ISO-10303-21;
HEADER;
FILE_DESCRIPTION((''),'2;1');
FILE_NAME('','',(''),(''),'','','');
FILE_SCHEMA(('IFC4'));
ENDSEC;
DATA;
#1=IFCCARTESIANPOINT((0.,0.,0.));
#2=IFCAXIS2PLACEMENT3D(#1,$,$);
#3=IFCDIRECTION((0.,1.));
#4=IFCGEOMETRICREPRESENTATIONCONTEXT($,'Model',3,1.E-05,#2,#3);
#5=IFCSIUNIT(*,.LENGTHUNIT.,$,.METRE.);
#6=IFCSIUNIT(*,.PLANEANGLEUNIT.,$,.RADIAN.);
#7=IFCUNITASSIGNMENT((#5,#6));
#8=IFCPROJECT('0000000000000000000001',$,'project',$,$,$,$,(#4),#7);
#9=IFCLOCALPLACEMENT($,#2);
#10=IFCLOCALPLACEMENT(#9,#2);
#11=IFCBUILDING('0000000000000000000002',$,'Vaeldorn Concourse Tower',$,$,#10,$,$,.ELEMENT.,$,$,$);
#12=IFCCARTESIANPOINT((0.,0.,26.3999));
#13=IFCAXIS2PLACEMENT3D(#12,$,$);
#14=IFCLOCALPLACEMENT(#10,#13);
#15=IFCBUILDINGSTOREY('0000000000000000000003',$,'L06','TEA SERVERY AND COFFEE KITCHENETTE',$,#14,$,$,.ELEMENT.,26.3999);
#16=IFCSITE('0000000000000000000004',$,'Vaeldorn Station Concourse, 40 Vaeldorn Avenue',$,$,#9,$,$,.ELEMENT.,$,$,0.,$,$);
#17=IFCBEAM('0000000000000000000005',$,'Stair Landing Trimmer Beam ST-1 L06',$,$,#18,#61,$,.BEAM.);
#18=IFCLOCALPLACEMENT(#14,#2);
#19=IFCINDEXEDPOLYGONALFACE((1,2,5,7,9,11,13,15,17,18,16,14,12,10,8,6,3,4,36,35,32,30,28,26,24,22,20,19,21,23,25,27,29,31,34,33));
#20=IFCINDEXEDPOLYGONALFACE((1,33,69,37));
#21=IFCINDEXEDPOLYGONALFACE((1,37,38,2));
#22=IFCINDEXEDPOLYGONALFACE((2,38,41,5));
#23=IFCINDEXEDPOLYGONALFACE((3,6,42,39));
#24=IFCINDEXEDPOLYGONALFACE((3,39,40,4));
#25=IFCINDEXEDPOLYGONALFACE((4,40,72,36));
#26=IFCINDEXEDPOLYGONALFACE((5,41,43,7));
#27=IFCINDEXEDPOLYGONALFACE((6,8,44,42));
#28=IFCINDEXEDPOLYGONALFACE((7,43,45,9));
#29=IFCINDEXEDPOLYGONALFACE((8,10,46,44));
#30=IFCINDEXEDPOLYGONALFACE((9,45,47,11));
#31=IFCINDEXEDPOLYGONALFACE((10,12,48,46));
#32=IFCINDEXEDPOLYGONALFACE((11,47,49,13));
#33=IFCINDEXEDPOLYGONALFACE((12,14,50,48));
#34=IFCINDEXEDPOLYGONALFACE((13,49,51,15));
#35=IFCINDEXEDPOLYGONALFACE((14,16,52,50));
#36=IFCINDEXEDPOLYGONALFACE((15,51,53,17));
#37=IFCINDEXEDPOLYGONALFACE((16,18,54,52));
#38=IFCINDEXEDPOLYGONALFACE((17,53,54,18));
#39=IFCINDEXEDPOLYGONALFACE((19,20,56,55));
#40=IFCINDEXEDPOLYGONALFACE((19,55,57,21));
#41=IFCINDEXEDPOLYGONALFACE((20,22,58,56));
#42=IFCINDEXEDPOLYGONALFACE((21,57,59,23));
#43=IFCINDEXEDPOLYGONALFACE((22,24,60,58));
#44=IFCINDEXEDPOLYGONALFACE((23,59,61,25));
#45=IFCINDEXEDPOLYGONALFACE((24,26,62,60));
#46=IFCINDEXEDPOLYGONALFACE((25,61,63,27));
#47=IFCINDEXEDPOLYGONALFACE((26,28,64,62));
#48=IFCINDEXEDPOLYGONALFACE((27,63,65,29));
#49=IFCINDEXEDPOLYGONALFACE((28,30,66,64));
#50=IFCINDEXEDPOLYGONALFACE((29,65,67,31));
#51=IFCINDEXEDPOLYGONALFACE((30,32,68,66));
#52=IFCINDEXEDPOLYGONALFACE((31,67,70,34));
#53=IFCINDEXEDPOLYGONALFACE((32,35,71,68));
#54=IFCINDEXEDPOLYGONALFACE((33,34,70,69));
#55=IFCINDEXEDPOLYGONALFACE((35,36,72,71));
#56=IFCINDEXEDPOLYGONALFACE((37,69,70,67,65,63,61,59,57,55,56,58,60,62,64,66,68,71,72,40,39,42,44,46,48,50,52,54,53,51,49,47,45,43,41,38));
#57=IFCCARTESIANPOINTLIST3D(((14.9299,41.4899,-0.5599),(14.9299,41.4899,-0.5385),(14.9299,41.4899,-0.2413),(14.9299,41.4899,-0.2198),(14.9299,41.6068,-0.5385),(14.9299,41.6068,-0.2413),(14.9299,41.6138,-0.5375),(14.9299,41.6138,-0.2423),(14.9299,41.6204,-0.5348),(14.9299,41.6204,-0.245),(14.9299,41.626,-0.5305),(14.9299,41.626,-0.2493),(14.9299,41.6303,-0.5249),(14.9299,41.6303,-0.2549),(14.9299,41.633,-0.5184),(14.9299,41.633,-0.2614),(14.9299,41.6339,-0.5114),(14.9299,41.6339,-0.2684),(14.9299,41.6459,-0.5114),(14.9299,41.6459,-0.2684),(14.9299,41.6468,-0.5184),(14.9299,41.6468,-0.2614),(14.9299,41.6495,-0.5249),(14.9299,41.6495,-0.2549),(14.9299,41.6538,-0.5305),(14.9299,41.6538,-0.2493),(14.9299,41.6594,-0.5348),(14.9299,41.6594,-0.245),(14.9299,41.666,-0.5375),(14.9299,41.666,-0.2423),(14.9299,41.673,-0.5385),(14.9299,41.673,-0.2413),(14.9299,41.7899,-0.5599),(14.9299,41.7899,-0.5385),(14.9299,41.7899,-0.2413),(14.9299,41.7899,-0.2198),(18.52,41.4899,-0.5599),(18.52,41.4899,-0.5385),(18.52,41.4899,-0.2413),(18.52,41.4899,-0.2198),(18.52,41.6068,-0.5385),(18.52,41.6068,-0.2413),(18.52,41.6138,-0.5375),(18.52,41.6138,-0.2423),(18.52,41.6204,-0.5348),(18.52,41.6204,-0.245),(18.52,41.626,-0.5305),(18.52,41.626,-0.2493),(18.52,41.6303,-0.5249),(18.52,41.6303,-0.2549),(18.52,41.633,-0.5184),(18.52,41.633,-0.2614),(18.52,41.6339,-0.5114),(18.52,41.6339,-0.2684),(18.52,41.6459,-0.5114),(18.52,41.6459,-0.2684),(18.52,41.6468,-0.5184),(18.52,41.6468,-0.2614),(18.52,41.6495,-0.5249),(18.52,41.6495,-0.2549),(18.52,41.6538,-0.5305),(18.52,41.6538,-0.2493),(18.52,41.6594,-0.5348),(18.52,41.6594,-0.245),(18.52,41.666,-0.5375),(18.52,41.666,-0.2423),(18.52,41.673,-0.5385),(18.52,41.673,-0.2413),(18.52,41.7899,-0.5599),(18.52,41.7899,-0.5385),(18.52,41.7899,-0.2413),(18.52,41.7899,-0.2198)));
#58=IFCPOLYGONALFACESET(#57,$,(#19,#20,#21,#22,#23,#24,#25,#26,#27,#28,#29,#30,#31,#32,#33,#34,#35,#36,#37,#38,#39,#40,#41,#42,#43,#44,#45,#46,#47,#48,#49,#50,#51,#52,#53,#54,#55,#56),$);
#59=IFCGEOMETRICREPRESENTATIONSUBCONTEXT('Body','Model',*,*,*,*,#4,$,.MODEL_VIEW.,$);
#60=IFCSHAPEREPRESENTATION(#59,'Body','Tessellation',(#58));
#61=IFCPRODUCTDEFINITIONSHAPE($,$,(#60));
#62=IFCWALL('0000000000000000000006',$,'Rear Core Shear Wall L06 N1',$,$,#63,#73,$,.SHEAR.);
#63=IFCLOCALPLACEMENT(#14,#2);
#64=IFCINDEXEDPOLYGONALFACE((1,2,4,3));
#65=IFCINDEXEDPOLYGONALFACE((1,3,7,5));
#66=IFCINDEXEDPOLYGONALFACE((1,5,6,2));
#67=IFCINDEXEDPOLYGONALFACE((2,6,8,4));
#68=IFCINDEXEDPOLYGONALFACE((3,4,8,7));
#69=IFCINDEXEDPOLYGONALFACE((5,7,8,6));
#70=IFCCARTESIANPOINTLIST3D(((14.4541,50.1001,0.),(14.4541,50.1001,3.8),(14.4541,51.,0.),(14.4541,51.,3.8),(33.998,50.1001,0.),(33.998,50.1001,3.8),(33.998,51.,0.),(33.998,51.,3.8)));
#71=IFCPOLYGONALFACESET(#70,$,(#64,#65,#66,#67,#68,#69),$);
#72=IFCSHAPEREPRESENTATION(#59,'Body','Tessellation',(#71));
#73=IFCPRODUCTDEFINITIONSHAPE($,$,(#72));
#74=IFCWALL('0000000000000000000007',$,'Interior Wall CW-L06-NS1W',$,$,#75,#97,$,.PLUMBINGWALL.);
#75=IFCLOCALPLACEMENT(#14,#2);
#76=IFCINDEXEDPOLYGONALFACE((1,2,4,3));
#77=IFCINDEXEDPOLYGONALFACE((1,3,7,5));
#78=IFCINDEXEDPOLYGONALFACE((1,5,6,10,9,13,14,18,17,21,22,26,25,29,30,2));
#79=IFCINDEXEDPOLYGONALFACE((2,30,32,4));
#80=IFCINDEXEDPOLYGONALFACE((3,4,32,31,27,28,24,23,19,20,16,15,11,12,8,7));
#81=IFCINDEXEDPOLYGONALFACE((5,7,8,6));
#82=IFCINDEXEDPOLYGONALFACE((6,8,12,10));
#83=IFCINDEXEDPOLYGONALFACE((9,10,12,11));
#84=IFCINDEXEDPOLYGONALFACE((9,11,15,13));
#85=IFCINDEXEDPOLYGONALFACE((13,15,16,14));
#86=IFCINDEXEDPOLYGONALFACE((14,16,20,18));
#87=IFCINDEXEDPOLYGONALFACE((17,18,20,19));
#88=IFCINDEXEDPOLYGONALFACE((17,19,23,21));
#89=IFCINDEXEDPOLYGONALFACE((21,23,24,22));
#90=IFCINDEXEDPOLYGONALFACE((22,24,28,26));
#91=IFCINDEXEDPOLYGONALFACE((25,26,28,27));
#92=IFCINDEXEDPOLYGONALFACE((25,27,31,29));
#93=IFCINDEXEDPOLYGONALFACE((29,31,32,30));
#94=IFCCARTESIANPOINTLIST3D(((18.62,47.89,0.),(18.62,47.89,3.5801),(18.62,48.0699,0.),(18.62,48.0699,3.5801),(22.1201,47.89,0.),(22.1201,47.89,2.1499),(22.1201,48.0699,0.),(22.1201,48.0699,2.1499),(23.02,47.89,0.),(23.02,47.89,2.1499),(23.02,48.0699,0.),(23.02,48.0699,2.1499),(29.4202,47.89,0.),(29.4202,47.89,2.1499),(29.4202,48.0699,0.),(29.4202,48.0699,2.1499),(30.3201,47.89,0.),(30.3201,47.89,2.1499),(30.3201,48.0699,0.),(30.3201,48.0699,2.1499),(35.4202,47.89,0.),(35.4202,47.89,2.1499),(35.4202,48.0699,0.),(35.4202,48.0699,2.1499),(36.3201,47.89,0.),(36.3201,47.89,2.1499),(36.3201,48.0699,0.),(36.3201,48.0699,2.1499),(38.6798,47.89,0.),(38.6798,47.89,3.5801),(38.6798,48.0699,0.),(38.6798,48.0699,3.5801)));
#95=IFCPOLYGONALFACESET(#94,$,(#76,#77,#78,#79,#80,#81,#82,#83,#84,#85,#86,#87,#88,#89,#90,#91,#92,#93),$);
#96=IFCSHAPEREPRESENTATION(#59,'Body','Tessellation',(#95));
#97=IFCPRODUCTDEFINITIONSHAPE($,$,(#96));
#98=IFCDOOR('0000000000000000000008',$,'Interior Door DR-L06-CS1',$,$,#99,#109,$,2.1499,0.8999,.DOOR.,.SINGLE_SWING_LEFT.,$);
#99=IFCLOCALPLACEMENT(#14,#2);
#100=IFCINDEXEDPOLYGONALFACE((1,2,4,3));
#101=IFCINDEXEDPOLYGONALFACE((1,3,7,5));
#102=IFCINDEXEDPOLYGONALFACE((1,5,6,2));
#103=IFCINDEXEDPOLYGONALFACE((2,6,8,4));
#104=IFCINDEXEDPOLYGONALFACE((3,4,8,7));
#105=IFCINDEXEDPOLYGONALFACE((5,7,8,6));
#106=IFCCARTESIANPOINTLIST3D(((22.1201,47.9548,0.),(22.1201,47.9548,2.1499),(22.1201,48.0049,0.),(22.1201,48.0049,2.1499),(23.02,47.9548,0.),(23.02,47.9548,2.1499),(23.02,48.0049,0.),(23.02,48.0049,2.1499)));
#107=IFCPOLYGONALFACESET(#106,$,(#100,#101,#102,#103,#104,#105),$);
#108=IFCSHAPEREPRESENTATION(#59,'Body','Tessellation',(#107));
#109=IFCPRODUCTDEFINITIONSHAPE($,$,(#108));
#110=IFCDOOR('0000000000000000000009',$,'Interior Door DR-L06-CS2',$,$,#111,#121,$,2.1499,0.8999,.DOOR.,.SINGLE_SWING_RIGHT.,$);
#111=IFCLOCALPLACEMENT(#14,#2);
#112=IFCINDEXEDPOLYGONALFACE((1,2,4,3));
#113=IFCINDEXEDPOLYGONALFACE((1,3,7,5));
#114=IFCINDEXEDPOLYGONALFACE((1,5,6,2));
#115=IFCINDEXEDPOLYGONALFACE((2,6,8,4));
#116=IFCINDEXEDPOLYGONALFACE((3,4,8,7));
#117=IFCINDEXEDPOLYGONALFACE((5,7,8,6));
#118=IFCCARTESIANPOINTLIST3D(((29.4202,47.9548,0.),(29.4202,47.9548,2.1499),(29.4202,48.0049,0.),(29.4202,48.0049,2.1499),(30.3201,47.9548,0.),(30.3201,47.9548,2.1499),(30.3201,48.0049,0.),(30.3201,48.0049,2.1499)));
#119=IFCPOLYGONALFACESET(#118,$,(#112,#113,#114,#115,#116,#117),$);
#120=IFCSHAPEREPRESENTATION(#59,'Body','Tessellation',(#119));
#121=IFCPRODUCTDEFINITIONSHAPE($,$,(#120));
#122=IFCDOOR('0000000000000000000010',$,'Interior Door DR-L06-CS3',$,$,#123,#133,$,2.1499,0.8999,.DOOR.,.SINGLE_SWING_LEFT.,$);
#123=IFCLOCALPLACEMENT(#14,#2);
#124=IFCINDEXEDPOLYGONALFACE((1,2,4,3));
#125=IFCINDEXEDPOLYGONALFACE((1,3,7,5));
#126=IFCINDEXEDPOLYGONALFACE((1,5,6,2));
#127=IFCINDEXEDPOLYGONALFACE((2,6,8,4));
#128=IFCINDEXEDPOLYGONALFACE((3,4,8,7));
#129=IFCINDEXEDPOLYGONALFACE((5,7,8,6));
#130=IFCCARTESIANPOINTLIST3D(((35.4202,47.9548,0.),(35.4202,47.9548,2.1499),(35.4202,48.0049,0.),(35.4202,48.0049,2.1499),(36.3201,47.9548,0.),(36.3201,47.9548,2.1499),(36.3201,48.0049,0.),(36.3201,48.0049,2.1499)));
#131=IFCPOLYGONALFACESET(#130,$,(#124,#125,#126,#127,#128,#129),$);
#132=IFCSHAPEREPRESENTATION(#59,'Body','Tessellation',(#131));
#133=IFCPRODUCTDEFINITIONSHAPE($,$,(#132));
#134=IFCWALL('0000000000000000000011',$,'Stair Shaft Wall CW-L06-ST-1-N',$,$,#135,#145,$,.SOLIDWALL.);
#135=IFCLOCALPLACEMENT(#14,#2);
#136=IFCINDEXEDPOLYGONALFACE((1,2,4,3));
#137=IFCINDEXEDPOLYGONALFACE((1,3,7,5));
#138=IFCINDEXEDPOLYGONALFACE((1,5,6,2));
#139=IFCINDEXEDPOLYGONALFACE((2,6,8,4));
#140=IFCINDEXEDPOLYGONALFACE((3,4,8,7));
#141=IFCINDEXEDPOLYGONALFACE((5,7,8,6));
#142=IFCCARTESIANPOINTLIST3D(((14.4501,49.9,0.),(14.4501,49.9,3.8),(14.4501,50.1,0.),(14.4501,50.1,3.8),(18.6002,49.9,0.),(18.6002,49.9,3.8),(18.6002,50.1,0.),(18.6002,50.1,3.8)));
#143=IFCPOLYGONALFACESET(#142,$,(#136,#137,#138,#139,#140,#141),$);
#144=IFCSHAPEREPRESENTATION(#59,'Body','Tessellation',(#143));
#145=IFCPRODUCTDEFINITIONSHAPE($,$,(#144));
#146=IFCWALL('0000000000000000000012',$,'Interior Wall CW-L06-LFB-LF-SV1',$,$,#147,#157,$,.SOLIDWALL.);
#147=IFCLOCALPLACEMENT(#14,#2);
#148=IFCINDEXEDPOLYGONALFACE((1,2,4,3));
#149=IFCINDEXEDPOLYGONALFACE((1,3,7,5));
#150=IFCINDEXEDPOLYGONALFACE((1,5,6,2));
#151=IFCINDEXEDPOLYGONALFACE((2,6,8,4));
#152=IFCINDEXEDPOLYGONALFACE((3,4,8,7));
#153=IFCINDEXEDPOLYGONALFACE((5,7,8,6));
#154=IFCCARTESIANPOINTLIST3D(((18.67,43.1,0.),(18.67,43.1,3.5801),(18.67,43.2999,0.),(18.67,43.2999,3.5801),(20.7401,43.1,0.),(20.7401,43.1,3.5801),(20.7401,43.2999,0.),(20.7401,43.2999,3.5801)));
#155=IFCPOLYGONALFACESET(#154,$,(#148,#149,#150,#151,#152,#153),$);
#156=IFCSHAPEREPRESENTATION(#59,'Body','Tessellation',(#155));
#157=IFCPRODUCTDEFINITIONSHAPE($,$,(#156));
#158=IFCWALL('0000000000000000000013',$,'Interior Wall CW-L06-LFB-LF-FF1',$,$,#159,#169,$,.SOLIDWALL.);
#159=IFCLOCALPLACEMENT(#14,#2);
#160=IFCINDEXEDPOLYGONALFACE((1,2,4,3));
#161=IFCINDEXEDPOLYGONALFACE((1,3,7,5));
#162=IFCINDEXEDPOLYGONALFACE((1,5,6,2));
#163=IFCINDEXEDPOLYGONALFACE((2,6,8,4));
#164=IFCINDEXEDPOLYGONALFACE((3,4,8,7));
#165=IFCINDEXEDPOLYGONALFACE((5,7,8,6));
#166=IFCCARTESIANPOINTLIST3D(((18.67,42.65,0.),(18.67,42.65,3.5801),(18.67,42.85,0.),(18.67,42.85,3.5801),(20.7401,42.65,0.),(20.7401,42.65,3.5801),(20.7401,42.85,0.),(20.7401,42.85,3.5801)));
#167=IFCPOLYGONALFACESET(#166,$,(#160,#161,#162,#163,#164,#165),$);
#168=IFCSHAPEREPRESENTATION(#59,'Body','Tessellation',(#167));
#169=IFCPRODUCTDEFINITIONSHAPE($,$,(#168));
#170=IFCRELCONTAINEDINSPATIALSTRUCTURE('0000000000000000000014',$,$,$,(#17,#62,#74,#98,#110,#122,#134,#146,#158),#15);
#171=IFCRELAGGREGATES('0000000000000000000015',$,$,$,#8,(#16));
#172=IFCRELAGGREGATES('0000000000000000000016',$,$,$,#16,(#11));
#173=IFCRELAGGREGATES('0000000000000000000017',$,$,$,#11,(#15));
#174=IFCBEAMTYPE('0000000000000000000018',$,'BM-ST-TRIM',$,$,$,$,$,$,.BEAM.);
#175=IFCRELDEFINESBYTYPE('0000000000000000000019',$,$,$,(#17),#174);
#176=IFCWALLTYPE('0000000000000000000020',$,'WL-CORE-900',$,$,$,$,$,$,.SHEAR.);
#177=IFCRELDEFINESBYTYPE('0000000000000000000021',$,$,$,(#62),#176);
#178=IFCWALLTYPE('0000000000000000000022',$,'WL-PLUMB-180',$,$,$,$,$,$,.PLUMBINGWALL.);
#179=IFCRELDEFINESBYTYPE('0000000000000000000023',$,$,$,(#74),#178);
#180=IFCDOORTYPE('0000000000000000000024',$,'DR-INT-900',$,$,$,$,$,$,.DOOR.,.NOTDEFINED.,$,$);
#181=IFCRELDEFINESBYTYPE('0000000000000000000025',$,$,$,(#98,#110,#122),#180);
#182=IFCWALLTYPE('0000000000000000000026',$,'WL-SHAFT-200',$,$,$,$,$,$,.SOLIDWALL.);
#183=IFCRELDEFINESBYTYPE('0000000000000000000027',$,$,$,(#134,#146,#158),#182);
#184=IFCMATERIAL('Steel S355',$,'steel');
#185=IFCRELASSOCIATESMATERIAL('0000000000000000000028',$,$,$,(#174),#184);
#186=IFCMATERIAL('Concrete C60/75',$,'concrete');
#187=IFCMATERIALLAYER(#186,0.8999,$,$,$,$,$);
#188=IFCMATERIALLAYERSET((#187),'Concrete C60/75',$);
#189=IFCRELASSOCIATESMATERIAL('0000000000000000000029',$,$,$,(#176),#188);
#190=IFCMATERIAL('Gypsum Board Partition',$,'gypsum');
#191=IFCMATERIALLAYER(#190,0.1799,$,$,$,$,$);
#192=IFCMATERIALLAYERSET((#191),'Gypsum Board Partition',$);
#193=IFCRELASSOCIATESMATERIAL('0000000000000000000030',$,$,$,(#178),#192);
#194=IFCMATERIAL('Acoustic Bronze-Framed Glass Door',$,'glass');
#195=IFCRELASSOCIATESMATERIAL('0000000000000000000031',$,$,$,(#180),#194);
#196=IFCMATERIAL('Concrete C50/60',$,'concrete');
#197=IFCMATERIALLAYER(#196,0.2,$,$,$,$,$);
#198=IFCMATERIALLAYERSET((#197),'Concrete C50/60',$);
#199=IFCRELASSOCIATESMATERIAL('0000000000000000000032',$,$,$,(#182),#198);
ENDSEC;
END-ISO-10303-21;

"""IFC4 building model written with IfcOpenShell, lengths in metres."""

from ifc_helpers import new_model, si_unit, direction, frame, frame_2d, origin, origin_2d, place, context, subcontext, project, spatial, rectangle, i_section, extrude, source, transform, mapped, material, layer, layer_set, material_profile, profile_set, type_object, element, fill, save


model = new_model("IFC4")

# Units and contexts
model_context = context("Model", 3, precision=1e-05, world=origin(), true_north=direction((0.0, 1.0)))
body_context = subcontext(model_context, "Body", "Model", "MODEL_VIEW")
ifc_project = project(units=[si_unit("LENGTHUNIT", "METRE"), si_unit("PLANEANGLEUNIT", "RADIAN")], contexts=[model_context])

# Site, building, storey
site_placement = place(None, origin())
site = spatial("IfcSite", under=ifc_project, at=site_placement, Name="Vaeldorn Station Concourse, 40 Vaeldorn Avenue", CompositionType="ELEMENT", RefElevation=0.0)
building_placement = place(site_placement, origin())
building = spatial("IfcBuilding", under=site, at=building_placement, Name="Vaeldorn Concourse Tower", CompositionType="ELEMENT")
storey_placement = place(building_placement, frame((0.0, 0.0, 26.3999)))
storey = spatial("IfcBuildingStorey", under=building, at=storey_placement, Name="L06", Description="TEA SERVERY AND COFFEE KITCHENETTE", CompositionType="ELEMENT", Elevation=26.3999)

# Beam
ifc_material_1 = material(Name="Steel S355", Category="steel")
ifc_material_profile = material_profile(ifc_material_1, i_section(OverallWidth=0.3, OverallDepth=0.3401, WebThickness=0.012, FlangeThickness=0.0215, FilletRadius=0.0271, at=origin_2d()), Name="HEB 340")
ifc_profile_set = profile_set([ifc_material_profile], Name="Steel S355")
beam_type = type_object("IfcBeamType", Name="BM-ST-TRIM", PredefinedType="BEAM", material=ifc_profile_set)
shared_shape_1 = source(origin(), body_context, "Body", "SweptSolid", [
    extrude(i_section(OverallWidth=0.3, OverallDepth=0.3401, WebThickness=0.012, FlangeThickness=0.0215, FilletRadius=0.0271, at=origin_2d()), origin(), (0.0, 0.0, 1.0), 3.5901),
])
beam_placement = place(storey_placement, frame((14.9299, 41.6399, -0.3899), z_axis=(1.0, 0.0, 0.0), x_axis=(0.0, 1.0, 0.0)))
element("IfcBeam", 1, at=beam_placement, inside=storey, type_object=beam_type, Name="Stair Landing Trimmer Beam ST-1 L06", PredefinedType="BEAM", context=body_context, shape_type="MappedRepresentation", body=[
    mapped(shared_shape_1, transform((0.0, 0.0, 0.0), scale=1.0)),
])

# Wall
ifc_material_2 = material(Name="Concrete C60/75", Category="concrete")
ifc_layer_1 = layer(ifc_material_2, 0.8999)
ifc_layer_set_1 = layer_set([ifc_layer_1], Name="Concrete C60/75")
wall_type_1 = type_object("IfcWallType", Name="WL-CORE-900", PredefinedType="SHEAR", material=ifc_layer_set_1)
wall_1_placement = place(storey_placement, frame((14.4541, 50.55, 0.0), z_axis=(0.0, 0.0, 1.0), x_axis=(1.0, 0.0, 0.0)))
element("IfcWall", 2, at=wall_1_placement, inside=storey, type_object=wall_type_1, Name="Rear Core Shear Wall L06 N1", PredefinedType="SHEAR", context=body_context, shape_type="SweptSolid", body=[
    extrude(rectangle(XDim=19.5439, YDim=0.8999, at=frame_2d((9.772, 0.0))), origin(), (0.0, 0.0, 1.0), 3.8),
])

# Wall, openings, doors
ifc_material_3 = material(Name="Gypsum Board Partition", Category="gypsum")
ifc_layer_2 = layer(ifc_material_3, 0.1799)
ifc_layer_set_2 = layer_set([ifc_layer_2], Name="Gypsum Board Partition")
wall_type_2 = type_object("IfcWallType", Name="WL-PLUMB-180", PredefinedType="PLUMBINGWALL", material=ifc_layer_set_2)
wall_2_placement = place(storey_placement, frame((18.6201, 47.98, 0.0), z_axis=(0.0, 0.0, 1.0), x_axis=(1.0, 0.0, 0.0)))
wall_2 = element("IfcWall", 3, at=wall_2_placement, inside=storey, type_object=wall_type_2, Name="Interior Wall CW-L06-NS1W", PredefinedType="PLUMBINGWALL", context=body_context, shape_type="SweptSolid", body=[
    extrude(rectangle(XDim=20.0598, YDim=0.1799, at=frame_2d((10.0298, 0.0))), origin(), (0.0, 0.0, 1.0), 3.5801),
])
opening_1_placement = place(wall_2_placement, frame((3.5, 0.0, 0.0)))
opening_1 = element("IfcOpeningElement", 4, at=opening_1_placement, cuts=wall_2, PredefinedType="OPENING", context=body_context, shape_type="SweptSolid", body=[
    extrude(rectangle(XDim=0.8999, YDim=2.1499, at=frame_2d((0.45, 1.075))), frame((0.0, 0.1001, 0.0), z_axis=(0.0, -1.0, 0.0), x_axis=(1.0, 0.0, 0.0)), (0.0, 0.0, 1.0), 0.2),
])
opening_2_placement = place(wall_2_placement, frame((10.8, 0.0, 0.0)))
opening_2 = element("IfcOpeningElement", 5, at=opening_2_placement, cuts=wall_2, PredefinedType="OPENING", context=body_context, shape_type="SweptSolid", body=[
    extrude(rectangle(XDim=0.8999, YDim=2.1499, at=frame_2d((0.45, 1.075))), frame((0.0, 0.1001, 0.0), z_axis=(0.0, -1.0, 0.0), x_axis=(1.0, 0.0, 0.0)), (0.0, 0.0, 1.0), 0.2),
])
opening_3_placement = place(wall_2_placement, frame((16.8, 0.0, 0.0)))
opening_3 = element("IfcOpeningElement", 6, at=opening_3_placement, cuts=wall_2, PredefinedType="OPENING", context=body_context, shape_type="SweptSolid", body=[
    extrude(rectangle(XDim=0.8999, YDim=2.1499, at=frame_2d((0.45, 1.075))), frame((0.0, 0.1001, 0.0), z_axis=(0.0, -1.0, 0.0), x_axis=(1.0, 0.0, 0.0)), (0.0, 0.0, 1.0), 0.2),
])
ifc_material_4 = material(Name="Acoustic Bronze-Framed Glass Door", Category="glass")
door_type_1 = type_object("IfcDoorType", Name="DR-INT-900", OperationType="NOTDEFINED", PredefinedType="DOOR", material=ifc_material_4)
shared_shape_2 = source(origin(), body_context, "Body", "SweptSolid", [
    extrude(rectangle(XDim=0.8999, YDim=2.1499, at=frame_2d((0.45, 1.075))), frame((0.0, 0.0249, 0.0), z_axis=(0.0, -1.0, 0.0), x_axis=(1.0, 0.0, 0.0)), (0.0, 0.0, 1.0), 0.05),
])
door_1_placement = place(opening_1_placement, origin())
door_1 = element("IfcDoor", 7, at=door_1_placement, inside=storey, type_object=door_type_1, Name="Interior Door DR-L06-CS1", OperationType="SINGLE_SWING_LEFT", OverallHeight=2.1499, OverallWidth=0.8999, PredefinedType="DOOR", context=body_context, shape_type="MappedRepresentation", body=[
    mapped(shared_shape_2, transform((0.0, 0.0, 0.0), scale=1.0)),
])
fill(opening_1, door_1)
door_2_placement = place(opening_2_placement, origin())
door_2 = element("IfcDoor", 8, at=door_2_placement, inside=storey, type_object=door_type_1, Name="Interior Door DR-L06-CS2", OperationType="SINGLE_SWING_RIGHT", OverallHeight=2.1499, OverallWidth=0.8999, PredefinedType="DOOR", context=body_context, shape_type="MappedRepresentation", body=[
    mapped(shared_shape_2, transform((0.0, 0.0, 0.0), scale=1.0)),
])
fill(opening_2, door_2)
door_3_placement = place(opening_3_placement, origin())
door_3 = element("IfcDoor", 9, at=door_3_placement, inside=storey, type_object=door_type_1, Name="Interior Door DR-L06-CS3", OperationType="SINGLE_SWING_LEFT", OverallHeight=2.1499, OverallWidth=0.8999, PredefinedType="DOOR", context=body_context, shape_type="MappedRepresentation", body=[
    mapped(shared_shape_2, transform((0.0, 0.0, 0.0), scale=1.0)),
])
fill(opening_3, door_3)

# Wall
ifc_material_5 = material(Name="Concrete C50/60", Category="concrete")
ifc_layer_3 = layer(ifc_material_5, 0.2)
ifc_layer_set_3 = layer_set([ifc_layer_3], Name="Concrete C50/60")
wall_type_3 = type_object("IfcWallType", Name="WL-SHAFT-200", PredefinedType="SOLIDWALL", material=ifc_layer_set_3)
wall_3_placement = place(storey_placement, frame((14.45, 50.0, 0.0), z_axis=(0.0, 0.0, 1.0), x_axis=(1.0, 0.0, 0.0)))
element("IfcWall", 10, at=wall_3_placement, inside=storey, type_object=wall_type_3, Name="Stair Shaft Wall CW-L06-ST-1-N", PredefinedType="SOLIDWALL", context=body_context, shape_type="SweptSolid", body=[
    extrude(rectangle(XDim=4.1501, YDim=0.2, at=frame_2d((2.0752, 0.0))), origin(), (0.0, 0.0, 1.0), 3.8),
])

# Walls
for number, where, z_axis, x_axis, name in (
    (11, (18.6699, 43.2, 0.0), (0.0, 0.0, 1.0), (1.0, 0.0, 0.0), "Interior Wall CW-L06-LFB-LF-SV1"),
    (12, (18.6699, 42.75, 0.0), (0.0, 0.0, 1.0), (1.0, 0.0, 0.0), "Interior Wall CW-L06-LFB-LF-FF1"),
):
    element("IfcWall", number, at=place(storey_placement, frame(where, z_axis=z_axis, x_axis=x_axis)), inside=storey, type_object=wall_type_3, Name=name, PredefinedType="SOLIDWALL", context=body_context, shape_type="SweptSolid", body=[
        extrude(rectangle(XDim=2.0701, YDim=0.2, at=frame_2d((1.0352, 0.0))), origin(), (0.0, 0.0, 1.0), 3.5801),
    ])

save(model, "model.ifc")
